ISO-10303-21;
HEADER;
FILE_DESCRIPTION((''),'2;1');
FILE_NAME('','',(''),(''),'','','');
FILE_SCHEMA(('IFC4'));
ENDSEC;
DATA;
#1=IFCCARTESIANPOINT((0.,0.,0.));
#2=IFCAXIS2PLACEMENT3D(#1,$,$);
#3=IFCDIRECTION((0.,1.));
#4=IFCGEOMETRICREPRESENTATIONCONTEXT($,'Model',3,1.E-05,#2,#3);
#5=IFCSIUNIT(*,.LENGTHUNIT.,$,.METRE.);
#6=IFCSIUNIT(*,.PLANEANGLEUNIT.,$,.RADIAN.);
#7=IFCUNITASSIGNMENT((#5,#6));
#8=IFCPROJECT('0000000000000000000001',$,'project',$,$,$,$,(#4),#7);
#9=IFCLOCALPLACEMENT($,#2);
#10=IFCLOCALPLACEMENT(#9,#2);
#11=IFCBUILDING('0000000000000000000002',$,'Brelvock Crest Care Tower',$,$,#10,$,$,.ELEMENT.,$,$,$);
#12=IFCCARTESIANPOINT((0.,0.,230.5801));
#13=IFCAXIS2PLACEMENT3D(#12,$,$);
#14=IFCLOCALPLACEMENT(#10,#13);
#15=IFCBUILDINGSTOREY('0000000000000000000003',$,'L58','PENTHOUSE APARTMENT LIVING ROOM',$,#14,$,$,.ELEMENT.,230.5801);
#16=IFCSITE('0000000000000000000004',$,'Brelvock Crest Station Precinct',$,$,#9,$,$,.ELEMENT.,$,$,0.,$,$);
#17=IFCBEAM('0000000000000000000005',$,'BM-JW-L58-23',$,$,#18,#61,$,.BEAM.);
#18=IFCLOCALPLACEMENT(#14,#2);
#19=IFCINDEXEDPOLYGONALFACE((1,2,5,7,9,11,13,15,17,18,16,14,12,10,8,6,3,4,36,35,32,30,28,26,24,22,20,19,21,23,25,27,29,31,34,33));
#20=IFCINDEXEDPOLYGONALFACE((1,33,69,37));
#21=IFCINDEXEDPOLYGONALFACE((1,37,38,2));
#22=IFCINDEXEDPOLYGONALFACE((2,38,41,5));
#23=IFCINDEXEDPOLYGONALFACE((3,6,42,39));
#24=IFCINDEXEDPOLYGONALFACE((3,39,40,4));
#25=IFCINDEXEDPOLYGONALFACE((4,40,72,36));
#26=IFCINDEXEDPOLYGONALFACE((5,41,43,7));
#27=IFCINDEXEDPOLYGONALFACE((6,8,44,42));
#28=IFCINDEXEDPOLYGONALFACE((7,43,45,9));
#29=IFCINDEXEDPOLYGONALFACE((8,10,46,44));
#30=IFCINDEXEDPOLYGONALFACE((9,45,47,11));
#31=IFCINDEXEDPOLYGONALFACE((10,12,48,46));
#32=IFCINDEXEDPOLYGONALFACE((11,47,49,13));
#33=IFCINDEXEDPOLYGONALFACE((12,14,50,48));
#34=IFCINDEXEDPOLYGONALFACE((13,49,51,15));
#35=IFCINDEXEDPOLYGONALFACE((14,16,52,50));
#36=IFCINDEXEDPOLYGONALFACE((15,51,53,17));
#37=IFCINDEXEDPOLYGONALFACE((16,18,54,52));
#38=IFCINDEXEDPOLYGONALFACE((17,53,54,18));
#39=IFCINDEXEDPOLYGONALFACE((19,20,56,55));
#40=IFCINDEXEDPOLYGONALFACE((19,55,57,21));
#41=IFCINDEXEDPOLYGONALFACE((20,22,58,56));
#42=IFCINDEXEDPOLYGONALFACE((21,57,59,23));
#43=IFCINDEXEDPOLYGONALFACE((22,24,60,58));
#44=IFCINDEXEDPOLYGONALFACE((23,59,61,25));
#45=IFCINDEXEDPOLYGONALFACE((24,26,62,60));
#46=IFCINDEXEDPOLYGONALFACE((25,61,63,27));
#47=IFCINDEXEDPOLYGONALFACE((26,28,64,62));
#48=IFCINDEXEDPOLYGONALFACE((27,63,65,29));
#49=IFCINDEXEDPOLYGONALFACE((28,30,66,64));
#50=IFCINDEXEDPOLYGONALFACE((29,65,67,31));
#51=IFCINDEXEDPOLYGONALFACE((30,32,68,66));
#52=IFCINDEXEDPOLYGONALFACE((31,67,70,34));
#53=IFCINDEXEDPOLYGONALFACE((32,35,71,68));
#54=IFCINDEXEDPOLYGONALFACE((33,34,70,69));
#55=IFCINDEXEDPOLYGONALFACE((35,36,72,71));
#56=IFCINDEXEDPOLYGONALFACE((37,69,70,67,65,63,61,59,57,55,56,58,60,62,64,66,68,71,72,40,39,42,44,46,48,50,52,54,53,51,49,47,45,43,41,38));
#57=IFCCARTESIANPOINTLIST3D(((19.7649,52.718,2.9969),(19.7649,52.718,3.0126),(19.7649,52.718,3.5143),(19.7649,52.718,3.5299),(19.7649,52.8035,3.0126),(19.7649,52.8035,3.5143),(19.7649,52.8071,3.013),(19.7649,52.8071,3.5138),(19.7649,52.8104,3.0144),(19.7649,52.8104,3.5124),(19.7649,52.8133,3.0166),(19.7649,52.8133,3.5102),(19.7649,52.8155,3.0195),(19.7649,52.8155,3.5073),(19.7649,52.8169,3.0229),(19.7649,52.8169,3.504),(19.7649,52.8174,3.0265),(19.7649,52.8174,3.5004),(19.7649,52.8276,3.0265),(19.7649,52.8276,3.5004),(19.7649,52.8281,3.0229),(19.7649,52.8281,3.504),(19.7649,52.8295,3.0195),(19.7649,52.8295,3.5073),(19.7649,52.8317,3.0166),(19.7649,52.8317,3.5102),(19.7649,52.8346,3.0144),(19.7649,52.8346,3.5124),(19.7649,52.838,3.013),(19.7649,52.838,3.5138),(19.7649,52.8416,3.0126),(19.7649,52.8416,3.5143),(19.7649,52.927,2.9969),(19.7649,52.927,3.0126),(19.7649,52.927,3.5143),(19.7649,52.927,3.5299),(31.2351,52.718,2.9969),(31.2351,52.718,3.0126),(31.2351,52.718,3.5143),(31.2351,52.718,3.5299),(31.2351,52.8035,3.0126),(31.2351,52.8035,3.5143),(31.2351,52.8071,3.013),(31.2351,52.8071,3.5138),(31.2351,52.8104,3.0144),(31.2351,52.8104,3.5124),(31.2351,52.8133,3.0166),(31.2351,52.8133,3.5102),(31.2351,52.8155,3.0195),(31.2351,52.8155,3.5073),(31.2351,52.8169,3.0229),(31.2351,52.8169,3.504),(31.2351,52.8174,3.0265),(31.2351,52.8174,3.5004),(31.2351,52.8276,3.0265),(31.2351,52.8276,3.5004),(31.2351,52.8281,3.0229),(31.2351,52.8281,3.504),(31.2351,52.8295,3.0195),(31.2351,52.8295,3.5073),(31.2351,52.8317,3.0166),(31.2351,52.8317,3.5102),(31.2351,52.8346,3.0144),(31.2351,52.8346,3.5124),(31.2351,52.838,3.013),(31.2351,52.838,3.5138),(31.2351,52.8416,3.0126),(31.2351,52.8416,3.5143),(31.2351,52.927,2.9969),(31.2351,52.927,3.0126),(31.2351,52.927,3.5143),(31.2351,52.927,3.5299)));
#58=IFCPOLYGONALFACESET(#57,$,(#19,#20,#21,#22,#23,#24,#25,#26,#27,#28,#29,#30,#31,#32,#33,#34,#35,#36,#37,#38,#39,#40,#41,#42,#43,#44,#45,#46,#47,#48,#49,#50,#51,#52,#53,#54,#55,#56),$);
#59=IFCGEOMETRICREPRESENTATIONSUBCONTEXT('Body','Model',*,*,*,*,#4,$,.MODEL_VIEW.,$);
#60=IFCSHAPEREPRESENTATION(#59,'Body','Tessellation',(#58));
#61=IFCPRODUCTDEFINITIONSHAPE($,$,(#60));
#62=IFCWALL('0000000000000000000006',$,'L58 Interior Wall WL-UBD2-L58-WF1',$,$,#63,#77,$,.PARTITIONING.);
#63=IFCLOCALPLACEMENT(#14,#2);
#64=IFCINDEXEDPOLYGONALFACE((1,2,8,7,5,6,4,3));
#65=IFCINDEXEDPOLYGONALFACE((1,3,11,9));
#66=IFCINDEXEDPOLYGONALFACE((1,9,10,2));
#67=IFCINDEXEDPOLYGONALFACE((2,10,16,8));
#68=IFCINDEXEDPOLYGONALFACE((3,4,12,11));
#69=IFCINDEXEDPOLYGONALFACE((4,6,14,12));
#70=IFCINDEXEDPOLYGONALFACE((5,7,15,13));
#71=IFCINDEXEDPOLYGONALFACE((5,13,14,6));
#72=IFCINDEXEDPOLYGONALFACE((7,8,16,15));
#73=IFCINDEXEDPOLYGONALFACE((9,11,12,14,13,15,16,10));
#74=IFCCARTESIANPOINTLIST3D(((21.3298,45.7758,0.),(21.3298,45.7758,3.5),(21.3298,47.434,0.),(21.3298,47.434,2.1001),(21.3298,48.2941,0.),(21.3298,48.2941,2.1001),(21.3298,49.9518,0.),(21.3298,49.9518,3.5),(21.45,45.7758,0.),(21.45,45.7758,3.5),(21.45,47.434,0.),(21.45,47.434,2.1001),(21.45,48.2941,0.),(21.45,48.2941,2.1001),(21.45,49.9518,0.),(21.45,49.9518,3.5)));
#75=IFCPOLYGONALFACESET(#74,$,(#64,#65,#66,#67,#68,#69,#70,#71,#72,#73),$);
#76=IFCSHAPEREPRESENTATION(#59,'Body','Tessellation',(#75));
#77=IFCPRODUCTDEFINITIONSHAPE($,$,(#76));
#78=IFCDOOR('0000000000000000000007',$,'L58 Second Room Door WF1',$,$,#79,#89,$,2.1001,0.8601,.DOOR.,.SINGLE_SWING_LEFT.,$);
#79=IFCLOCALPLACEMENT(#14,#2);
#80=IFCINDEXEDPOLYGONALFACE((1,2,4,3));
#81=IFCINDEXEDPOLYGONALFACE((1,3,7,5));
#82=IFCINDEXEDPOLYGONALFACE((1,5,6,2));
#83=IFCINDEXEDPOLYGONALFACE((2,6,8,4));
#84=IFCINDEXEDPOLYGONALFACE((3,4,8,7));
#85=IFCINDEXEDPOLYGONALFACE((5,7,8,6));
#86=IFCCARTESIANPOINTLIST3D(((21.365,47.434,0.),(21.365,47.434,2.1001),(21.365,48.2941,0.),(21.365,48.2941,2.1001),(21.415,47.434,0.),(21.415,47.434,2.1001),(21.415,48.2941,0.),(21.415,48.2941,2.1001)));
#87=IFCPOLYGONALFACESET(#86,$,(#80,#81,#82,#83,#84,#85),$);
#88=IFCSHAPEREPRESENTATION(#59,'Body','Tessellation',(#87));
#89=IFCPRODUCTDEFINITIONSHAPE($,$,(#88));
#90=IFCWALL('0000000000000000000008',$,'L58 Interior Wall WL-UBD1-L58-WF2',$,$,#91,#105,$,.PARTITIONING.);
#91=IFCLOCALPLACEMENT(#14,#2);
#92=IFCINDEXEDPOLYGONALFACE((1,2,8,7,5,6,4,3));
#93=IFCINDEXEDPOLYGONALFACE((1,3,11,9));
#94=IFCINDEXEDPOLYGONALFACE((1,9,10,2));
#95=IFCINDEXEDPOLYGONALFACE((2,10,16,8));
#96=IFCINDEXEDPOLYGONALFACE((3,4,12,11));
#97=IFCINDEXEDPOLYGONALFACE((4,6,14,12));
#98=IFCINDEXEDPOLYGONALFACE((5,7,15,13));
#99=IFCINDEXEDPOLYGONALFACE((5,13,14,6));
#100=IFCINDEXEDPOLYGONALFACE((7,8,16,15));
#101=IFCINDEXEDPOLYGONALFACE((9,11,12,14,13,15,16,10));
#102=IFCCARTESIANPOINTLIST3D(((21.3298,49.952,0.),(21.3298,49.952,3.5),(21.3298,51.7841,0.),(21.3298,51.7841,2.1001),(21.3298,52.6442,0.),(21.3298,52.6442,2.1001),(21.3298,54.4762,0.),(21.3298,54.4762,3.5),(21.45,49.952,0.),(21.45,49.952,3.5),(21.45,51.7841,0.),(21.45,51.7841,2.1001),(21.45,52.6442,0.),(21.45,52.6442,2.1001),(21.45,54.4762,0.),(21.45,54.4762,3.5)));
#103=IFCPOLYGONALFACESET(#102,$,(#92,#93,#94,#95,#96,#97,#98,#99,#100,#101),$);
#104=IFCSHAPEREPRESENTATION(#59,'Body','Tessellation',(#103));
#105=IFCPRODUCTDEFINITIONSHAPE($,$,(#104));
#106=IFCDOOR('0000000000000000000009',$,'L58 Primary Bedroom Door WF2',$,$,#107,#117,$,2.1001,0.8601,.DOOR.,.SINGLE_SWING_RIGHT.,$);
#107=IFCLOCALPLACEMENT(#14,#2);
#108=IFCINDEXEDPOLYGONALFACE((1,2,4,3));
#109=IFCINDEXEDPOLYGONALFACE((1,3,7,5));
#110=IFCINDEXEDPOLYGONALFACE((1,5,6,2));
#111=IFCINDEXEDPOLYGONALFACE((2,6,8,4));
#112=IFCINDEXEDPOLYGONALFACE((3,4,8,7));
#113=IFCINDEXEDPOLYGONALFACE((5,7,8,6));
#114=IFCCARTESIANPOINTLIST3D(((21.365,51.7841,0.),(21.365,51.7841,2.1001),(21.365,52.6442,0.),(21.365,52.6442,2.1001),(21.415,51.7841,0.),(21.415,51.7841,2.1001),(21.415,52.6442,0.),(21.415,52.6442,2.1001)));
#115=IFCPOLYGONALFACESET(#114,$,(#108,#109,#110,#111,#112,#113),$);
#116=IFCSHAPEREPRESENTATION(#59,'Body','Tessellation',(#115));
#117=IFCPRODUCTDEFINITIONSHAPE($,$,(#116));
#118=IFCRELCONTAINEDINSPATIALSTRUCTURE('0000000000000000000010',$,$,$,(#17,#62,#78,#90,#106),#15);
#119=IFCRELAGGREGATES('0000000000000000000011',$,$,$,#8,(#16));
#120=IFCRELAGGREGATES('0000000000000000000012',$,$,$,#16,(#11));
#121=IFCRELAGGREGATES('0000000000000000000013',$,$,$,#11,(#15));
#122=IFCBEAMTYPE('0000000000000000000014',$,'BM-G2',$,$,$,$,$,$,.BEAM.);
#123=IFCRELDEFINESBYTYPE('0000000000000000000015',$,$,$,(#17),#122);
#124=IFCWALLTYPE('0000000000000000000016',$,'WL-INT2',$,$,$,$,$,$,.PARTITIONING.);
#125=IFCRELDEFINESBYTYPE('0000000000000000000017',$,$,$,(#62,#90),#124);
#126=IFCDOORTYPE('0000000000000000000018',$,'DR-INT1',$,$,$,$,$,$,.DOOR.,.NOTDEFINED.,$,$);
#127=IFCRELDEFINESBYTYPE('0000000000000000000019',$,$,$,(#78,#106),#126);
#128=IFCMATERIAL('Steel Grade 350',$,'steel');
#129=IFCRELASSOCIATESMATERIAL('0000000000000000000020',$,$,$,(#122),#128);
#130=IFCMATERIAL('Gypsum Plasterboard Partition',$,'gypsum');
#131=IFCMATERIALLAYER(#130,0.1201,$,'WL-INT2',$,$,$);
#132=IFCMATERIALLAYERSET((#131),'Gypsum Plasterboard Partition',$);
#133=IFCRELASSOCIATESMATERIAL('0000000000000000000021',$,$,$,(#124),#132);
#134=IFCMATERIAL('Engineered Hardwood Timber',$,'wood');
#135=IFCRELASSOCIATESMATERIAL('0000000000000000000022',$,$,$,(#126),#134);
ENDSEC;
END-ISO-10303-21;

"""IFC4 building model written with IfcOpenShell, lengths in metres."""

from ifc_helpers import new_model, si_unit, direction, frame, frame_2d, origin, origin_2d, place, context, subcontext, project, spatial, rectangle, i_section, extrude, source, transform, mapped, material, layer, layer_set, material_profile, profile_set, type_object, element, fill, save


model = new_model("IFC4")

# Units and contexts
model_context = context("Model", 3, precision=1e-05, world=origin(), true_north=direction((0.0, 1.0)))
body_context = subcontext(model_context, "Body", "Model", "MODEL_VIEW")
ifc_project = project(units=[si_unit("LENGTHUNIT", "METRE"), si_unit("PLANEANGLEUNIT", "RADIAN")], contexts=[model_context])

# Site, building, storey
site_placement = place(None, origin())
site = spatial("IfcSite", under=ifc_project, at=site_placement, Name="Brelvock Crest Station Precinct", CompositionType="ELEMENT", RefElevation=0.0)
building_placement = place(site_placement, origin())
building = spatial("IfcBuilding", under=site, at=building_placement, Name="Brelvock Crest Care Tower", CompositionType="ELEMENT")
storey_placement = place(building_placement, frame((0.0, 0.0, 230.5801)))
storey = spatial("IfcBuildingStorey", under=building, at=storey_placement, Name="L58", Description="PENTHOUSE APARTMENT LIVING ROOM", CompositionType="ELEMENT", Elevation=230.5801)

# Beam
ifc_material_1 = material(Name="Steel Grade 350", Category="steel")
ifc_material_profile_1 = material_profile(ifc_material_1, i_section(OverallWidth=0.209, OverallDepth=0.533, WebThickness=0.0103, FlangeThickness=0.0156, FilletRadius=0.0139, at=origin_2d()), Name="530UB92.4")
ifc_profile_set_1 = profile_set([ifc_material_profile_1], Name="Steel Grade 350")
beam_type_1 = type_object("IfcBeamType", Name="BM-G2", PredefinedType="BEAM", material=ifc_profile_set_1)
shared_shape_1 = source(origin(), body_context, "Body", "SweptSolid", [
    extrude(i_section(OverallWidth=0.209, OverallDepth=0.533, WebThickness=0.0103, FlangeThickness=0.0156, FilletRadius=0.0139, at=origin_2d()), origin(), (0.0, 0.0, 1.0), 11.4702),
])
for number, where, z_axis, x_axis, name in (
    (1, (19.7649, 52.8225, 3.2634), (1.0, 0.0, 0.0), (0.0, 1.0, 0.0), "BM-JW-L58-23"),
):
    element("IfcBeam", number, at=place(storey_placement, frame(where, z_axis=z_axis, x_axis=x_axis)), inside=storey, type_object=beam_type_1, Name=name, PredefinedType="BEAM", context=body_context, shape_type="MappedRepresentation", body=[
        mapped(shared_shape_1, transform((0.0, 0.0, 0.0), x_axis=(1.0, 0.0, 0.0), y_axis=(0.0, 1.0, 0.0), z_axis=(0.0, 0.0, 1.0), scale=1.0)),
    ])

# Walls, openings, doors
ifc_material_2 = material(Name="Gypsum Plasterboard Partition", Category="gypsum")
ifc_layer = layer(ifc_material_2, 0.1201, Name="WL-INT2")
ifc_layer_set = layer_set([ifc_layer], Name="Gypsum Plasterboard Partition")
wall_type = type_object("IfcWallType", Name="WL-INT2", PredefinedType="PARTITIONING", material=ifc_layer_set)
wall_1_placement = place(storey_placement, frame((21.3899, 45.7759, 0.0), z_axis=(0.0, 0.0, 1.0), x_axis=(0.0, 1.0, 0.0)))
wall_1 = element("IfcWall", 2, at=wall_1_placement, inside=storey, type_object=wall_type, Name="L58 Interior Wall WL-UBD2-L58-WF1", PredefinedType="PARTITIONING", context=body_context, shape_type="SweptSolid", body=[
    extrude(rectangle(XDim=4.176, YDim=0.1201, at=frame_2d((2.0879, 0.0))), origin(), (0.0, 0.0, 1.0), 3.5),
])
opening_1_placement = place(wall_1_placement, frame((1.658, 0.0, 0.0)))
opening_1 = element("IfcOpeningElement", 3, at=opening_1_placement, cuts=wall_1, PredefinedType="OPENING", context=body_context, shape_type="SweptSolid", body=[
    extrude(rectangle(XDim=0.8601, YDim=2.1001, at=origin_2d()), frame((0.4302, 0.0701, 1.05), z_axis=(0.0, -1.0, 0.0), x_axis=(1.0, 0.0, 0.0)), (0.0, 0.0, 1.0), 0.1401),
])
ifc_material_3 = material(Name="Engineered Hardwood Timber", Category="wood")
door_type = type_object("IfcDoorType", Name="DR-INT1", OperationType="NOTDEFINED", PredefinedType="DOOR", material=ifc_material_3)
shared_shape_2 = source(origin(), body_context, "Body", "SweptSolid", [
    extrude(rectangle(XDim=0.8601, YDim=2.1001, at=origin_2d()), frame((0.4302, 0.0249, 1.05), z_axis=(0.0, -1.0, 0.0), x_axis=(1.0, 0.0, 0.0)), (0.0, 0.0, 1.0), 0.05),
])
door_1_placement = place(opening_1_placement, origin())
door_1 = element("IfcDoor", 4, at=door_1_placement, inside=storey, type_object=door_type, Name="L58 Second Room Door WF1", OperationType="SINGLE_SWING_LEFT", OverallHeight=2.1001, OverallWidth=0.8601, PredefinedType="DOOR", context=body_context, shape_type="MappedRepresentation", body=[
    mapped(shared_shape_2, transform((0.0, 0.0, 0.0), x_axis=(1.0, 0.0, 0.0), y_axis=(0.0, 1.0, 0.0), z_axis=(0.0, 0.0, 1.0), scale=1.0)),
])
fill(opening_1, door_1)
wall_2_placement = place(storey_placement, frame((21.3899, 49.9519, 0.0), z_axis=(0.0, 0.0, 1.0), x_axis=(0.0, 1.0, 0.0)))
wall_2 = element("IfcWall", 5, at=wall_2_placement, inside=storey, type_object=wall_type, Name="L58 Interior Wall WL-UBD1-L58-WF2", PredefinedType="PARTITIONING", context=body_context, shape_type="SweptSolid", body=[
    extrude(rectangle(XDim=4.5242, YDim=0.1201, at=frame_2d((2.2622, 0.0))), origin(), (0.0, 0.0, 1.0), 3.5),
])
opening_2_placement = place(wall_2_placement, frame((1.832, 0.0, 0.0)))
opening_2 = element("IfcOpeningElement", 6, at=opening_2_placement, cuts=wall_2, PredefinedType="OPENING", context=body_context, shape_type="SweptSolid", body=[
    extrude(rectangle(XDim=0.8601, YDim=2.1001, at=origin_2d()), frame((0.4302, 0.0701, 1.05), z_axis=(0.0, -1.0, 0.0), x_axis=(1.0, 0.0, 0.0)), (0.0, 0.0, 1.0), 0.1401),
])
door_2_placement = place(opening_2_placement, origin())
door_2 = element("IfcDoor", 7, at=door_2_placement, inside=storey, type_object=door_type, Name="L58 Primary Bedroom Door WF2", OperationType="SINGLE_SWING_RIGHT", OverallHeight=2.1001, OverallWidth=0.8601, PredefinedType="DOOR", context=body_context, shape_type="MappedRepresentation", body=[
    mapped(shared_shape_2, transform((0.0, 0.0, 0.0), x_axis=(1.0, 0.0, 0.0), y_axis=(0.0, 1.0, 0.0), z_axis=(0.0, 0.0, 1.0), scale=1.0)),
])
fill(opening_2, door_2)

save(model, "model.ifc")
